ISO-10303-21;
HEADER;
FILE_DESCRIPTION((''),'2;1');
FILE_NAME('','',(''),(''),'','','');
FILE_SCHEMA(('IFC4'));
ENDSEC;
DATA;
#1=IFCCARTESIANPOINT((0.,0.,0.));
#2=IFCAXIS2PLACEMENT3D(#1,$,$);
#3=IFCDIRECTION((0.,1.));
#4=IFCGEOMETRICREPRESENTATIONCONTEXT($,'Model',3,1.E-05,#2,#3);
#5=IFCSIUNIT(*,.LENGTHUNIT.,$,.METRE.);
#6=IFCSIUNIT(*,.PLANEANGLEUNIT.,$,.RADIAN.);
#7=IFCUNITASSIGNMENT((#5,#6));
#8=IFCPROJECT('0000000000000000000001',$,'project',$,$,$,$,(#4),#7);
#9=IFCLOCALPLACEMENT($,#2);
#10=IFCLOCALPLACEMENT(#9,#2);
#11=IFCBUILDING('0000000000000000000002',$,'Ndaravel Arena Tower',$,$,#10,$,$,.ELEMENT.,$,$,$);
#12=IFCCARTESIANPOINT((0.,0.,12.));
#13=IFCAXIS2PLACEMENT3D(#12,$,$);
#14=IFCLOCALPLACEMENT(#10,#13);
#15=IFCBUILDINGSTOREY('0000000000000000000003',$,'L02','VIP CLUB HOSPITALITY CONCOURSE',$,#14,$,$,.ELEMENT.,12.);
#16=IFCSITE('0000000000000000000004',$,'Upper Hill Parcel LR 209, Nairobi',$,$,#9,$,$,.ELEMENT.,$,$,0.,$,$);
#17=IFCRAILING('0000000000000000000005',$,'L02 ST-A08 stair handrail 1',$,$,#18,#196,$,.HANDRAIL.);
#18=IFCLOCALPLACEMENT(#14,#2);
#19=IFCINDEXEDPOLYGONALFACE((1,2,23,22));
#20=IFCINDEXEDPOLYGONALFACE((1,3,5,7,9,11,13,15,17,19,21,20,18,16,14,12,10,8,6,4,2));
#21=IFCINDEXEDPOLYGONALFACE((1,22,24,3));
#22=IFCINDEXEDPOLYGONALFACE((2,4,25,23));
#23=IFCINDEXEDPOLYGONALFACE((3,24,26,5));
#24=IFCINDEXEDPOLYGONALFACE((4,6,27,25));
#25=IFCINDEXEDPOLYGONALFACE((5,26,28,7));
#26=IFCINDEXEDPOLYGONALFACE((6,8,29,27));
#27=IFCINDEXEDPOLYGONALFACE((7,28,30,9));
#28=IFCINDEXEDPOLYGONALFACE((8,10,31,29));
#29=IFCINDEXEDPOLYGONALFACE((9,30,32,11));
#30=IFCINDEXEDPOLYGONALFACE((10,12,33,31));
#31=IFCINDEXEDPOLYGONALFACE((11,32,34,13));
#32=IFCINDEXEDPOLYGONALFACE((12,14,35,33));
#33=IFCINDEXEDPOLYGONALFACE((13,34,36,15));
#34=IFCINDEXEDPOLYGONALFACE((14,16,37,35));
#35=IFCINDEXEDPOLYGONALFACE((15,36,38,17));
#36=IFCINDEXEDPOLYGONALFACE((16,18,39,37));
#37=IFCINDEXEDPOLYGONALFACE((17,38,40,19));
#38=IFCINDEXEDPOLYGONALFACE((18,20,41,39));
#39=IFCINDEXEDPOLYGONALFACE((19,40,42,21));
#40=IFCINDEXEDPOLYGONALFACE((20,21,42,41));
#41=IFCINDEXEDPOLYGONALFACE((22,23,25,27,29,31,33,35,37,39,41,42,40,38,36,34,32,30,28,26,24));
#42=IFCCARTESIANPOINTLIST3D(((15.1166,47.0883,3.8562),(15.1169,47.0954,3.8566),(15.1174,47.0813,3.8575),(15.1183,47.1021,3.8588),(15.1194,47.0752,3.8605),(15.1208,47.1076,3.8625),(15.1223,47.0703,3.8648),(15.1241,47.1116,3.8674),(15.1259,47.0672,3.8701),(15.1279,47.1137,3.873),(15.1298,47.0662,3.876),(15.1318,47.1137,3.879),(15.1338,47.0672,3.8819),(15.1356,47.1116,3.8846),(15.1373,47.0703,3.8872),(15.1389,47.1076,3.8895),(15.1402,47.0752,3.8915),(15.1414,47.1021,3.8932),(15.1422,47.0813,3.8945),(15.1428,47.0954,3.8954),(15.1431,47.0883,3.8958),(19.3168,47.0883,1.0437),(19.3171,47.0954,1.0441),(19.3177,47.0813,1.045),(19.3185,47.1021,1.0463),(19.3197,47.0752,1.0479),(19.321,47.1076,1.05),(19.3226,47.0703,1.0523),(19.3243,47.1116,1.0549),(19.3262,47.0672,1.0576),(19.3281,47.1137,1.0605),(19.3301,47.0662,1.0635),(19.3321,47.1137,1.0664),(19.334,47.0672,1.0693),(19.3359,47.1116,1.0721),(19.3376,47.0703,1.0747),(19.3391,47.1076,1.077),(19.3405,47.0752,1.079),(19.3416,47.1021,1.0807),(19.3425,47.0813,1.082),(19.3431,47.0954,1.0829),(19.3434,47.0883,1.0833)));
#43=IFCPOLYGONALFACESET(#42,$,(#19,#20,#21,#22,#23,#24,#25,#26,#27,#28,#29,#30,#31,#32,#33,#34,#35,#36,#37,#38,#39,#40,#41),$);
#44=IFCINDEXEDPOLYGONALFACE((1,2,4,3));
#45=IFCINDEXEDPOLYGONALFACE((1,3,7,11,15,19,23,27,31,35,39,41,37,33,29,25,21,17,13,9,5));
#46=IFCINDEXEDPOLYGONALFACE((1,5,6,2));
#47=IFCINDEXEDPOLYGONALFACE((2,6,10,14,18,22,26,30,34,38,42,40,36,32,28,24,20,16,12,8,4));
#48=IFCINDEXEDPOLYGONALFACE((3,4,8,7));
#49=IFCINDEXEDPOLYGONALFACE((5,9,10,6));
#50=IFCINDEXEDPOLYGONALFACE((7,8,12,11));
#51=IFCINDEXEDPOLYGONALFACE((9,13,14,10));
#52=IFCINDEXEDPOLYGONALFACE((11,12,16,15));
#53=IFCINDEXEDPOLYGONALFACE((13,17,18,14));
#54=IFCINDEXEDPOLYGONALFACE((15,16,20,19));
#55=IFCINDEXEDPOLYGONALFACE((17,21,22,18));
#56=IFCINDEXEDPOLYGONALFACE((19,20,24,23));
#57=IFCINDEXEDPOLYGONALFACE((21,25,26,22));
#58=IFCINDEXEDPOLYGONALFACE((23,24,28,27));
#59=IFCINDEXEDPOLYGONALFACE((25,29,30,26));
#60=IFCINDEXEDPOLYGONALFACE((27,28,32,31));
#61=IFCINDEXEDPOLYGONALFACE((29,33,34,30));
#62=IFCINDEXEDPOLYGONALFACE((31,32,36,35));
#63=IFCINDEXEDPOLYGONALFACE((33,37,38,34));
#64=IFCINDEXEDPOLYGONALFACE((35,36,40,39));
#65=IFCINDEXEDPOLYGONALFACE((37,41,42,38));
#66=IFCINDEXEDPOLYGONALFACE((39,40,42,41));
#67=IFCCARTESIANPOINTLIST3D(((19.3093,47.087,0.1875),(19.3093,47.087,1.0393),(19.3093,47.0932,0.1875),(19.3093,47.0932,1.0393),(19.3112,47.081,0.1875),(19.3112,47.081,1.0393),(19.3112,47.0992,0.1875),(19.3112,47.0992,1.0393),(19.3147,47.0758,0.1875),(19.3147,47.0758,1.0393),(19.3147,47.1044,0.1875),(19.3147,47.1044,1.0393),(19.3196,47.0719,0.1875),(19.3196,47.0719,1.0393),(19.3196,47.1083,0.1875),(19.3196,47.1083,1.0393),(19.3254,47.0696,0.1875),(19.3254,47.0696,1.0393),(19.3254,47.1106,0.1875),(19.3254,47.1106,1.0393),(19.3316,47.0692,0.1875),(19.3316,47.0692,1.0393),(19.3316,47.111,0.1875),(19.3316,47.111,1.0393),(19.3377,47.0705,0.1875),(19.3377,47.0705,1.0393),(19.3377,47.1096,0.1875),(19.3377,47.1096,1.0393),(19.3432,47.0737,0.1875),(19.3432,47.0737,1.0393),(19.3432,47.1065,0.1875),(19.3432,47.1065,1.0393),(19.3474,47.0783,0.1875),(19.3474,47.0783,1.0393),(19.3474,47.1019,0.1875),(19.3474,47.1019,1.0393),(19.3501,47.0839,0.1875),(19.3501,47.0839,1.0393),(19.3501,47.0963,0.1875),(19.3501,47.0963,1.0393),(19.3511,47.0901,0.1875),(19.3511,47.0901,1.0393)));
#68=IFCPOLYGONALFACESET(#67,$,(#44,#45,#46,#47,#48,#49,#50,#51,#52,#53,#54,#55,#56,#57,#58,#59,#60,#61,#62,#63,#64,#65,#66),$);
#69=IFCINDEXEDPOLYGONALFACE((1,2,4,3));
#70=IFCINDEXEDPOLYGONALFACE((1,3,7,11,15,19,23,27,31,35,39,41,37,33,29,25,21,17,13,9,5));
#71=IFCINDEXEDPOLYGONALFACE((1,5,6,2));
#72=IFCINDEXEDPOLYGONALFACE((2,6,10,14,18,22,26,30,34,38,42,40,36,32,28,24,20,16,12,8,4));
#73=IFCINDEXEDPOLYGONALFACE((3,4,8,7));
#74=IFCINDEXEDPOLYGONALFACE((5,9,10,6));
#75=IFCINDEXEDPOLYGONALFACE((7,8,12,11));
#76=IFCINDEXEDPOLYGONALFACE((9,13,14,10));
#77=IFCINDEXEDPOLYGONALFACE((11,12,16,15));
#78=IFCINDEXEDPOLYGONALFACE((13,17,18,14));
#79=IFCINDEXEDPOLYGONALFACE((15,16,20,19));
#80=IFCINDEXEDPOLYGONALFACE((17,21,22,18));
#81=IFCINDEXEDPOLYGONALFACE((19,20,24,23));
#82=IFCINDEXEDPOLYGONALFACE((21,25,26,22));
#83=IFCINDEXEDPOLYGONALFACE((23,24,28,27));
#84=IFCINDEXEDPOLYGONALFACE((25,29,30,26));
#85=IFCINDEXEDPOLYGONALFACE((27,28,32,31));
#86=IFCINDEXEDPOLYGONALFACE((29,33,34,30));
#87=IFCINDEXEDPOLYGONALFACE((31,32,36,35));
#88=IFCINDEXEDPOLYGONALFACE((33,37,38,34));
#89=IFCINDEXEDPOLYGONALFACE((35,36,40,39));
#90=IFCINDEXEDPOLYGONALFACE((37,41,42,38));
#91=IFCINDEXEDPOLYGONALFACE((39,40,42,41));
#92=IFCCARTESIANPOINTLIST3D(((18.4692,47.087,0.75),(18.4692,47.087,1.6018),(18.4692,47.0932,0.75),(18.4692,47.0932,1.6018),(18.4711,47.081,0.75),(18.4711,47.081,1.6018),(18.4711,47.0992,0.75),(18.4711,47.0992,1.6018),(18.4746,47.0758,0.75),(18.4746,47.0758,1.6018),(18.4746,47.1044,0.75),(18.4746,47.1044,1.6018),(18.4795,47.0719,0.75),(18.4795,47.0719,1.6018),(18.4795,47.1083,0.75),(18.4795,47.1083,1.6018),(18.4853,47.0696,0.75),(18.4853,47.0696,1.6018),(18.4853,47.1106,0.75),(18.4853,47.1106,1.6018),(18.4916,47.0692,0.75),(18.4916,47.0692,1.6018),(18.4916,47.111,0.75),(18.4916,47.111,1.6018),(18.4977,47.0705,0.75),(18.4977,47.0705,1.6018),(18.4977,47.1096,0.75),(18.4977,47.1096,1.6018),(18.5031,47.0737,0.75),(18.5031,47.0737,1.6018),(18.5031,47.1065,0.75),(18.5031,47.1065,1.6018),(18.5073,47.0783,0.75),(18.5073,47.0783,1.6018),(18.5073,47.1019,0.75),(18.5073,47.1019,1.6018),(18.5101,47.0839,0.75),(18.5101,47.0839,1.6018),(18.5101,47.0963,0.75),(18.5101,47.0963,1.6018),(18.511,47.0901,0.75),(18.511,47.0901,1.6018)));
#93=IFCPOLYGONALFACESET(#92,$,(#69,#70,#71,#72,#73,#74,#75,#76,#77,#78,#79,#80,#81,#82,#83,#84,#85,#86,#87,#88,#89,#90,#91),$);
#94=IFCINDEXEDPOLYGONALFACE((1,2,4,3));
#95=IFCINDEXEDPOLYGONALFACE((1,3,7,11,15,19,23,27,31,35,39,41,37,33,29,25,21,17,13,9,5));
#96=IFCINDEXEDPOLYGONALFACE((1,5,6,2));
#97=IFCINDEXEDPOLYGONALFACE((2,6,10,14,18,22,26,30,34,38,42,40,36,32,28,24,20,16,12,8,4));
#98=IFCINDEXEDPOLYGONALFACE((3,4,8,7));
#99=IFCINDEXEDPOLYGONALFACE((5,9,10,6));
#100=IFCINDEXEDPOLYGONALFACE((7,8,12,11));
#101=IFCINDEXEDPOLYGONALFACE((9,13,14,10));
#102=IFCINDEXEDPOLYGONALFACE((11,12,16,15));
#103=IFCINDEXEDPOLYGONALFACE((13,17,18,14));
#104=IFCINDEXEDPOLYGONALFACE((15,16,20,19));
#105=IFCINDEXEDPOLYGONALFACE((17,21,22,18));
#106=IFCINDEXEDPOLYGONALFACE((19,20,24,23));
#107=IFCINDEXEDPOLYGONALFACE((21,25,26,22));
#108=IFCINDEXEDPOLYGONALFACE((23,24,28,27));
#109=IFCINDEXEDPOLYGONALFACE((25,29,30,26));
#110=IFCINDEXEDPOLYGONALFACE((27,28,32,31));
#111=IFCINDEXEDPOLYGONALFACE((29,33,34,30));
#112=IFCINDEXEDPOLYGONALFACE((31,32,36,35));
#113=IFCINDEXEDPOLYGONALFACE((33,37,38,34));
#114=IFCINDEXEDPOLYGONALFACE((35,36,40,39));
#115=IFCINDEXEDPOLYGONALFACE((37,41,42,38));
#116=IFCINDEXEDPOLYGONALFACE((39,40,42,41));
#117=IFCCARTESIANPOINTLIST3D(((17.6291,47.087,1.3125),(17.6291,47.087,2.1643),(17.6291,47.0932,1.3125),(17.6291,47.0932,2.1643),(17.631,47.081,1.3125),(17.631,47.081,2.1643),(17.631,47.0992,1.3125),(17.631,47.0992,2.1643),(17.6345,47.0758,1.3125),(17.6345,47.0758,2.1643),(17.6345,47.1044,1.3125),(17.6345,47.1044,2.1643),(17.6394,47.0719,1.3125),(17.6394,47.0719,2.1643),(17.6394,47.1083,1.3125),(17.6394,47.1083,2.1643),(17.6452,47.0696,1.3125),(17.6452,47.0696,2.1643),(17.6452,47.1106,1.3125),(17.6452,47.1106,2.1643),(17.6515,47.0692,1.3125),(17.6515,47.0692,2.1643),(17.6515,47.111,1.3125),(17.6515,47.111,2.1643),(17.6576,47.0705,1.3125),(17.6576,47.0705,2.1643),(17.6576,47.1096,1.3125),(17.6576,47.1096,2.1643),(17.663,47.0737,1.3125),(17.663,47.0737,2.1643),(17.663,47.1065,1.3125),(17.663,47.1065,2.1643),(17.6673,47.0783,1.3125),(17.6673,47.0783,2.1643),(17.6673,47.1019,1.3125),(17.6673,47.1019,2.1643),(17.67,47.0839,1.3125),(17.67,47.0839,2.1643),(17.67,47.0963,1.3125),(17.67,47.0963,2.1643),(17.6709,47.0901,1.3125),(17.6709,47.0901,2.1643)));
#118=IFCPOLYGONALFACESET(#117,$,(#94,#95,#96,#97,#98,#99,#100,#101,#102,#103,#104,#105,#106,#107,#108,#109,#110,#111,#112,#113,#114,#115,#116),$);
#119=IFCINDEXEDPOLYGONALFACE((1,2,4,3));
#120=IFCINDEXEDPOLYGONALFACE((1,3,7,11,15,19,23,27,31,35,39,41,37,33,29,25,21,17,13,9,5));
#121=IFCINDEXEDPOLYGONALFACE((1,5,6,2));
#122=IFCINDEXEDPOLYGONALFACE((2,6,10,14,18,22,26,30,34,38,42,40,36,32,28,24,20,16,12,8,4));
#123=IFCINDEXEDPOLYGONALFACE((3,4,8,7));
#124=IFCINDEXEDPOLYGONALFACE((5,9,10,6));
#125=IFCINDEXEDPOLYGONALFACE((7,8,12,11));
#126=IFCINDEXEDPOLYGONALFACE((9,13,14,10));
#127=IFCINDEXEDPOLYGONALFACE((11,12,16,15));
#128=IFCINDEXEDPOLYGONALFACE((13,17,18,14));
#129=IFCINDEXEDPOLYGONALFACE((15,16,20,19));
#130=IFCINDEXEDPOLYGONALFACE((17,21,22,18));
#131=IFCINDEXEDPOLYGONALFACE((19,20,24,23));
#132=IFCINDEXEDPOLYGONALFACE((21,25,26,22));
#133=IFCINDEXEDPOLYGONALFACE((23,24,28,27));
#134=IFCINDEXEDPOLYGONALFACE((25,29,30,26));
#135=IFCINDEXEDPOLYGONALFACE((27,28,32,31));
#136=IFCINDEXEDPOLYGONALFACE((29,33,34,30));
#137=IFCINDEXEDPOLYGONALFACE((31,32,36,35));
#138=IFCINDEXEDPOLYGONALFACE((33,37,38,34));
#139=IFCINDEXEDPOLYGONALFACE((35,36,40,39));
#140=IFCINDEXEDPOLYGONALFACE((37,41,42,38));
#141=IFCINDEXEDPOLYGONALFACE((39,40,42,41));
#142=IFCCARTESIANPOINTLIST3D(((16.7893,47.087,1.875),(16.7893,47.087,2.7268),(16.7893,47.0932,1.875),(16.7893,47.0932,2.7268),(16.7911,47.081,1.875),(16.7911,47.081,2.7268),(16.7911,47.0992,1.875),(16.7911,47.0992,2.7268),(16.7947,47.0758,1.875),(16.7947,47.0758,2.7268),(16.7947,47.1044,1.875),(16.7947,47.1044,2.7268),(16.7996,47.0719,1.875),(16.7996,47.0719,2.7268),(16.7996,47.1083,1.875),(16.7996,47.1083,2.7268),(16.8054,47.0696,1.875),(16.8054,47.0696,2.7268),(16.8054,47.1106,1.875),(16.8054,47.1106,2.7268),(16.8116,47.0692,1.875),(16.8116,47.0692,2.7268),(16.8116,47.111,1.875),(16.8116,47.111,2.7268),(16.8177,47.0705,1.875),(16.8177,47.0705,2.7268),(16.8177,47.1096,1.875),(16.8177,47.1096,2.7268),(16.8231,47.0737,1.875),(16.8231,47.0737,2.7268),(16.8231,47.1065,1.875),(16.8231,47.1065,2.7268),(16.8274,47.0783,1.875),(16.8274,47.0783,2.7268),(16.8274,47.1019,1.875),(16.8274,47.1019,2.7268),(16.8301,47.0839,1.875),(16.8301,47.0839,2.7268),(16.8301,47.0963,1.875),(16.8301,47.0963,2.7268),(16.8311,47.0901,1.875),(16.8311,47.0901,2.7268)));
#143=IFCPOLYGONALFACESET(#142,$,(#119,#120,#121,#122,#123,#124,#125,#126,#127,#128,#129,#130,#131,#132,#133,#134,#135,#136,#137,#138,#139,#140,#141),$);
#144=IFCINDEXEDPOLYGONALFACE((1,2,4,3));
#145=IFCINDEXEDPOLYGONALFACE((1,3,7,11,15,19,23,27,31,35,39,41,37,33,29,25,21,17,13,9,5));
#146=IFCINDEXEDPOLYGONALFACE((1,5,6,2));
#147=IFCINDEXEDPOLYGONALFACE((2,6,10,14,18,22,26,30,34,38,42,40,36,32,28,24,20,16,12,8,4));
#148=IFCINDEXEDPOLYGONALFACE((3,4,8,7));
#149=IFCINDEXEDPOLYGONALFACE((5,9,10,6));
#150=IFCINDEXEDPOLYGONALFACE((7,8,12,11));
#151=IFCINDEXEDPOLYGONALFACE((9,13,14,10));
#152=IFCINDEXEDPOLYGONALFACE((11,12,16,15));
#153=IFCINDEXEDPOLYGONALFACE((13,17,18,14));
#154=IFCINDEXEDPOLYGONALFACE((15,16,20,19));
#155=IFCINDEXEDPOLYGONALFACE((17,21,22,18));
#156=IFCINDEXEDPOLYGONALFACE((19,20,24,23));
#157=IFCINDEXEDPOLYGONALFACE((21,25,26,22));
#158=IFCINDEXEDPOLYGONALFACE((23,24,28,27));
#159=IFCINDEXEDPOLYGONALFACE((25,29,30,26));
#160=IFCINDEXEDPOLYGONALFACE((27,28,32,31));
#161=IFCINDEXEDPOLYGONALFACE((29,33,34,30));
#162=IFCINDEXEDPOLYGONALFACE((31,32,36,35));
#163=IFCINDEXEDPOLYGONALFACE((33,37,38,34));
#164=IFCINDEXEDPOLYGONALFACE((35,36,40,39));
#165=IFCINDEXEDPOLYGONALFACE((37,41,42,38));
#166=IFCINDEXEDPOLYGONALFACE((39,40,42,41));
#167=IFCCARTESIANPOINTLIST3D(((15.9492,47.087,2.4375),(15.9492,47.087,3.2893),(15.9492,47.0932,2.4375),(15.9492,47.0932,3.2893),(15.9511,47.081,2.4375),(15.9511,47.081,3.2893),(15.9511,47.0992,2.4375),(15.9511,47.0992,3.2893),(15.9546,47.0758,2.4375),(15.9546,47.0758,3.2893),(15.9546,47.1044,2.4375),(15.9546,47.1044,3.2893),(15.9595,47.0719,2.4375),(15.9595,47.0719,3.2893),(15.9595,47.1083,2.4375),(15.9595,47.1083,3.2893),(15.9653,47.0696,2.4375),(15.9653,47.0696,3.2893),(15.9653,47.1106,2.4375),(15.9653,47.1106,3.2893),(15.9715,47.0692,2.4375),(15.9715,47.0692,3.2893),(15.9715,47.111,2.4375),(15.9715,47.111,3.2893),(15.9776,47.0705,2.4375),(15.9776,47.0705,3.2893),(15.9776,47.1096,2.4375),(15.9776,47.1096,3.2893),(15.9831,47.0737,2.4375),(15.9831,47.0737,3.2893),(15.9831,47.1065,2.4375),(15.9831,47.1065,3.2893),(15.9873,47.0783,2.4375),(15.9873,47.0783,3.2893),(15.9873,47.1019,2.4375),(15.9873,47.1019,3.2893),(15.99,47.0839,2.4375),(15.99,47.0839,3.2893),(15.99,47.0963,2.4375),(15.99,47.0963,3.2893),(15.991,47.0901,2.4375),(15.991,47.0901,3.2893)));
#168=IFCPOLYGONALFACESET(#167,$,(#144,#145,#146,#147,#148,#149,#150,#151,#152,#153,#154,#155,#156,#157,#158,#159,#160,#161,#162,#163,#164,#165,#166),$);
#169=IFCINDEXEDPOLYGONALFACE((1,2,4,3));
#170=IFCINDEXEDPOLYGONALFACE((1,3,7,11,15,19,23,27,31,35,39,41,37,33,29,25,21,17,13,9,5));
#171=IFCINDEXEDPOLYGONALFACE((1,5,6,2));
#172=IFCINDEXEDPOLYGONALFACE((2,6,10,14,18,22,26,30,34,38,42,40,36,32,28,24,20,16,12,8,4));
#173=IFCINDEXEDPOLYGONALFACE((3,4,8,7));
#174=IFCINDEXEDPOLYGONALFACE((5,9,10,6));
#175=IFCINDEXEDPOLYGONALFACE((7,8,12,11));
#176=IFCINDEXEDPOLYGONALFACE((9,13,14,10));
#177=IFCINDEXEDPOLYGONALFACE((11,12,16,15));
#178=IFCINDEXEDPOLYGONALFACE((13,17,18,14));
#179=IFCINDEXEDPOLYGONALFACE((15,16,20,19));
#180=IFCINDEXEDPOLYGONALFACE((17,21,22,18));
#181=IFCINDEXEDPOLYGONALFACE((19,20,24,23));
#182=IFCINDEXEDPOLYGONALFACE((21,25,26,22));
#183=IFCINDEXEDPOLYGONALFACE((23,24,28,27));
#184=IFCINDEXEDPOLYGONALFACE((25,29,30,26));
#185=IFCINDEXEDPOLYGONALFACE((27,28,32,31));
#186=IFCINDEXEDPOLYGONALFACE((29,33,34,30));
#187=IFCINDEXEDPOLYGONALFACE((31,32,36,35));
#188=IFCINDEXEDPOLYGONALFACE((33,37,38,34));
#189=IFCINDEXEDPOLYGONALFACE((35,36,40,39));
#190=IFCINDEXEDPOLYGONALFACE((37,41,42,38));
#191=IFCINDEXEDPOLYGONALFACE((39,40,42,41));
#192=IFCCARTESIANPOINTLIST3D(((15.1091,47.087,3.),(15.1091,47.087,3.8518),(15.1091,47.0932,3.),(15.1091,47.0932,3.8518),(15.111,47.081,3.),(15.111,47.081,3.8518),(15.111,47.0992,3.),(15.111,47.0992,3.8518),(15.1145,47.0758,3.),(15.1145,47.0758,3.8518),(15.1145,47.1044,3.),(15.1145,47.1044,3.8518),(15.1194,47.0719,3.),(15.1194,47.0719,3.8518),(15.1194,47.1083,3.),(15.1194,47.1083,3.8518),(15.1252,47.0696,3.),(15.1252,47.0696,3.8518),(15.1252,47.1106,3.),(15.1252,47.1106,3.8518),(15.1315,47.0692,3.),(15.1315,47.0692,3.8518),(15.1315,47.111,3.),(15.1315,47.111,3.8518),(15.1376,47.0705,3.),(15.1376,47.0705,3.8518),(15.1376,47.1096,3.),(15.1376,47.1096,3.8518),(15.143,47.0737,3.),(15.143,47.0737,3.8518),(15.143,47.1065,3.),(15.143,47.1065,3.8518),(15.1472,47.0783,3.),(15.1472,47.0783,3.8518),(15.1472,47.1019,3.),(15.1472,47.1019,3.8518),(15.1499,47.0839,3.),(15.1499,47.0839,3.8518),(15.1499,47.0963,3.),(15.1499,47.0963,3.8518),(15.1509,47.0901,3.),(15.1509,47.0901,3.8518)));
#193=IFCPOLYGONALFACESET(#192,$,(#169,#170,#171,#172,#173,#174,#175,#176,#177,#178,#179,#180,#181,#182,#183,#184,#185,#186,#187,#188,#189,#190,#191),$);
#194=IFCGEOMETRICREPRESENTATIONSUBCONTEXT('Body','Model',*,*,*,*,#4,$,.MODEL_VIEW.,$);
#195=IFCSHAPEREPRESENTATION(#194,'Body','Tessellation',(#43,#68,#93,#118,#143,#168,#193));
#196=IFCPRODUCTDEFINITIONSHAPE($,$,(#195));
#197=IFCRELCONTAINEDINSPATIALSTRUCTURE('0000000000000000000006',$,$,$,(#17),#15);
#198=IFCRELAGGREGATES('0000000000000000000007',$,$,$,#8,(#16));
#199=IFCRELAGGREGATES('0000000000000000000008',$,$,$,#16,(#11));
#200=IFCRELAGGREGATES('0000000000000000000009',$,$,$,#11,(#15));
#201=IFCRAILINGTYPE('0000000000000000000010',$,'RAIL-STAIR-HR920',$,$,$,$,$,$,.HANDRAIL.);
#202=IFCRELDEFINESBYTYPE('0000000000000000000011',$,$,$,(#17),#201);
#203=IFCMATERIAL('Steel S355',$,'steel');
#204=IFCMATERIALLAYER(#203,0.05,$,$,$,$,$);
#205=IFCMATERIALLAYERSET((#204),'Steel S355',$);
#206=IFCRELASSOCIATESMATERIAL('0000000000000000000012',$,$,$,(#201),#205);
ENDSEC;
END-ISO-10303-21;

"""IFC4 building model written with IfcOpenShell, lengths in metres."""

from ifc_helpers import new_model, si_unit, direction, frame, origin, origin_2d, place, context, subcontext, project, spatial, circle, extrude, material, layer, layer_set, type_object, element, save


model = new_model("IFC4")

# Units and contexts
model_context = context("Model", 3, precision=1e-05, world=origin(), true_north=direction((0.0, 1.0)))
body_context = subcontext(model_context, "Body", "Model", "MODEL_VIEW")
ifc_project = project(units=[si_unit("LENGTHUNIT", "METRE"), si_unit("PLANEANGLEUNIT", "RADIAN")], contexts=[model_context])

# Site, building, storey
site_placement = place(None, origin())
site = spatial("IfcSite", under=ifc_project, at=site_placement, Name="Upper Hill Parcel LR 209, Nairobi", CompositionType="ELEMENT", RefElevation=0.0)
building_placement = place(site_placement, origin())
building = spatial("IfcBuilding", under=site, at=building_placement, Name="Ndaravel Arena Tower", CompositionType="ELEMENT")
storey_placement = place(building_placement, frame((0.0, 0.0, 12.0)))
storey = spatial("IfcBuildingStorey", under=building, at=storey_placement, Name="L02", Description="VIP CLUB HOSPITALITY CONCOURSE", CompositionType="ELEMENT", Elevation=12.0)

# Railing
ifc_material_1 = material(Name="Steel S355", Category="steel")
ifc_layer_1 = layer(ifc_material_1, 0.05)
ifc_layer_set_1 = layer_set([ifc_layer_1], Name="Steel S355")
railing_type_1 = type_object("IfcRailingType", Name="RAIL-STAIR-HR920", PredefinedType="HANDRAIL", material=ifc_layer_set_1)
railing_1_placement = place(storey_placement, frame((19.3301, 47.0901, 0.1875)))
element("IfcRailing", 1, at=railing_1_placement, inside=storey, type_object=railing_type_1, Name="L02 ST-A08 stair handrail 1", PredefinedType="HANDRAIL", context=body_context, shape_type="SweptSolid", body=[
    extrude(circle(Radius=0.0239, at=origin_2d()), frame((0.0, 0.0, 0.876), z_axis=(-0.830919, 0.0, 0.556393), x_axis=(0.0, -1.0, 0.0)), (0.0, 0.0, 1.0), 5.0549),
    extrude(circle(Radius=0.021, at=origin_2d()), origin(), (0.0, 0.0, 1.0), 0.8518),
    extrude(circle(Radius=0.021, at=origin_2d()), frame((-0.8401, 0.0, 0.5625)), (0.0, 0.0, 1.0), 0.8518),
    extrude(circle(Radius=0.021, at=origin_2d()), frame((-1.6802, 0.0, 1.125)), (0.0, 0.0, 1.0), 0.8518),
    extrude(circle(Radius=0.021, at=origin_2d()), frame((-2.52, 0.0, 1.6875)), (0.0, 0.0, 1.0), 0.8518),
    extrude(circle(Radius=0.021, at=origin_2d()), frame((-3.3601, 0.0, 2.25)), (0.0, 0.0, 1.0), 0.8518),
    extrude(circle(Radius=0.021, at=origin_2d()), frame((-4.2002, 0.0, 2.8125)), (0.0, 0.0, 1.0), 0.8518),
])

save(model, "model.ifc")
